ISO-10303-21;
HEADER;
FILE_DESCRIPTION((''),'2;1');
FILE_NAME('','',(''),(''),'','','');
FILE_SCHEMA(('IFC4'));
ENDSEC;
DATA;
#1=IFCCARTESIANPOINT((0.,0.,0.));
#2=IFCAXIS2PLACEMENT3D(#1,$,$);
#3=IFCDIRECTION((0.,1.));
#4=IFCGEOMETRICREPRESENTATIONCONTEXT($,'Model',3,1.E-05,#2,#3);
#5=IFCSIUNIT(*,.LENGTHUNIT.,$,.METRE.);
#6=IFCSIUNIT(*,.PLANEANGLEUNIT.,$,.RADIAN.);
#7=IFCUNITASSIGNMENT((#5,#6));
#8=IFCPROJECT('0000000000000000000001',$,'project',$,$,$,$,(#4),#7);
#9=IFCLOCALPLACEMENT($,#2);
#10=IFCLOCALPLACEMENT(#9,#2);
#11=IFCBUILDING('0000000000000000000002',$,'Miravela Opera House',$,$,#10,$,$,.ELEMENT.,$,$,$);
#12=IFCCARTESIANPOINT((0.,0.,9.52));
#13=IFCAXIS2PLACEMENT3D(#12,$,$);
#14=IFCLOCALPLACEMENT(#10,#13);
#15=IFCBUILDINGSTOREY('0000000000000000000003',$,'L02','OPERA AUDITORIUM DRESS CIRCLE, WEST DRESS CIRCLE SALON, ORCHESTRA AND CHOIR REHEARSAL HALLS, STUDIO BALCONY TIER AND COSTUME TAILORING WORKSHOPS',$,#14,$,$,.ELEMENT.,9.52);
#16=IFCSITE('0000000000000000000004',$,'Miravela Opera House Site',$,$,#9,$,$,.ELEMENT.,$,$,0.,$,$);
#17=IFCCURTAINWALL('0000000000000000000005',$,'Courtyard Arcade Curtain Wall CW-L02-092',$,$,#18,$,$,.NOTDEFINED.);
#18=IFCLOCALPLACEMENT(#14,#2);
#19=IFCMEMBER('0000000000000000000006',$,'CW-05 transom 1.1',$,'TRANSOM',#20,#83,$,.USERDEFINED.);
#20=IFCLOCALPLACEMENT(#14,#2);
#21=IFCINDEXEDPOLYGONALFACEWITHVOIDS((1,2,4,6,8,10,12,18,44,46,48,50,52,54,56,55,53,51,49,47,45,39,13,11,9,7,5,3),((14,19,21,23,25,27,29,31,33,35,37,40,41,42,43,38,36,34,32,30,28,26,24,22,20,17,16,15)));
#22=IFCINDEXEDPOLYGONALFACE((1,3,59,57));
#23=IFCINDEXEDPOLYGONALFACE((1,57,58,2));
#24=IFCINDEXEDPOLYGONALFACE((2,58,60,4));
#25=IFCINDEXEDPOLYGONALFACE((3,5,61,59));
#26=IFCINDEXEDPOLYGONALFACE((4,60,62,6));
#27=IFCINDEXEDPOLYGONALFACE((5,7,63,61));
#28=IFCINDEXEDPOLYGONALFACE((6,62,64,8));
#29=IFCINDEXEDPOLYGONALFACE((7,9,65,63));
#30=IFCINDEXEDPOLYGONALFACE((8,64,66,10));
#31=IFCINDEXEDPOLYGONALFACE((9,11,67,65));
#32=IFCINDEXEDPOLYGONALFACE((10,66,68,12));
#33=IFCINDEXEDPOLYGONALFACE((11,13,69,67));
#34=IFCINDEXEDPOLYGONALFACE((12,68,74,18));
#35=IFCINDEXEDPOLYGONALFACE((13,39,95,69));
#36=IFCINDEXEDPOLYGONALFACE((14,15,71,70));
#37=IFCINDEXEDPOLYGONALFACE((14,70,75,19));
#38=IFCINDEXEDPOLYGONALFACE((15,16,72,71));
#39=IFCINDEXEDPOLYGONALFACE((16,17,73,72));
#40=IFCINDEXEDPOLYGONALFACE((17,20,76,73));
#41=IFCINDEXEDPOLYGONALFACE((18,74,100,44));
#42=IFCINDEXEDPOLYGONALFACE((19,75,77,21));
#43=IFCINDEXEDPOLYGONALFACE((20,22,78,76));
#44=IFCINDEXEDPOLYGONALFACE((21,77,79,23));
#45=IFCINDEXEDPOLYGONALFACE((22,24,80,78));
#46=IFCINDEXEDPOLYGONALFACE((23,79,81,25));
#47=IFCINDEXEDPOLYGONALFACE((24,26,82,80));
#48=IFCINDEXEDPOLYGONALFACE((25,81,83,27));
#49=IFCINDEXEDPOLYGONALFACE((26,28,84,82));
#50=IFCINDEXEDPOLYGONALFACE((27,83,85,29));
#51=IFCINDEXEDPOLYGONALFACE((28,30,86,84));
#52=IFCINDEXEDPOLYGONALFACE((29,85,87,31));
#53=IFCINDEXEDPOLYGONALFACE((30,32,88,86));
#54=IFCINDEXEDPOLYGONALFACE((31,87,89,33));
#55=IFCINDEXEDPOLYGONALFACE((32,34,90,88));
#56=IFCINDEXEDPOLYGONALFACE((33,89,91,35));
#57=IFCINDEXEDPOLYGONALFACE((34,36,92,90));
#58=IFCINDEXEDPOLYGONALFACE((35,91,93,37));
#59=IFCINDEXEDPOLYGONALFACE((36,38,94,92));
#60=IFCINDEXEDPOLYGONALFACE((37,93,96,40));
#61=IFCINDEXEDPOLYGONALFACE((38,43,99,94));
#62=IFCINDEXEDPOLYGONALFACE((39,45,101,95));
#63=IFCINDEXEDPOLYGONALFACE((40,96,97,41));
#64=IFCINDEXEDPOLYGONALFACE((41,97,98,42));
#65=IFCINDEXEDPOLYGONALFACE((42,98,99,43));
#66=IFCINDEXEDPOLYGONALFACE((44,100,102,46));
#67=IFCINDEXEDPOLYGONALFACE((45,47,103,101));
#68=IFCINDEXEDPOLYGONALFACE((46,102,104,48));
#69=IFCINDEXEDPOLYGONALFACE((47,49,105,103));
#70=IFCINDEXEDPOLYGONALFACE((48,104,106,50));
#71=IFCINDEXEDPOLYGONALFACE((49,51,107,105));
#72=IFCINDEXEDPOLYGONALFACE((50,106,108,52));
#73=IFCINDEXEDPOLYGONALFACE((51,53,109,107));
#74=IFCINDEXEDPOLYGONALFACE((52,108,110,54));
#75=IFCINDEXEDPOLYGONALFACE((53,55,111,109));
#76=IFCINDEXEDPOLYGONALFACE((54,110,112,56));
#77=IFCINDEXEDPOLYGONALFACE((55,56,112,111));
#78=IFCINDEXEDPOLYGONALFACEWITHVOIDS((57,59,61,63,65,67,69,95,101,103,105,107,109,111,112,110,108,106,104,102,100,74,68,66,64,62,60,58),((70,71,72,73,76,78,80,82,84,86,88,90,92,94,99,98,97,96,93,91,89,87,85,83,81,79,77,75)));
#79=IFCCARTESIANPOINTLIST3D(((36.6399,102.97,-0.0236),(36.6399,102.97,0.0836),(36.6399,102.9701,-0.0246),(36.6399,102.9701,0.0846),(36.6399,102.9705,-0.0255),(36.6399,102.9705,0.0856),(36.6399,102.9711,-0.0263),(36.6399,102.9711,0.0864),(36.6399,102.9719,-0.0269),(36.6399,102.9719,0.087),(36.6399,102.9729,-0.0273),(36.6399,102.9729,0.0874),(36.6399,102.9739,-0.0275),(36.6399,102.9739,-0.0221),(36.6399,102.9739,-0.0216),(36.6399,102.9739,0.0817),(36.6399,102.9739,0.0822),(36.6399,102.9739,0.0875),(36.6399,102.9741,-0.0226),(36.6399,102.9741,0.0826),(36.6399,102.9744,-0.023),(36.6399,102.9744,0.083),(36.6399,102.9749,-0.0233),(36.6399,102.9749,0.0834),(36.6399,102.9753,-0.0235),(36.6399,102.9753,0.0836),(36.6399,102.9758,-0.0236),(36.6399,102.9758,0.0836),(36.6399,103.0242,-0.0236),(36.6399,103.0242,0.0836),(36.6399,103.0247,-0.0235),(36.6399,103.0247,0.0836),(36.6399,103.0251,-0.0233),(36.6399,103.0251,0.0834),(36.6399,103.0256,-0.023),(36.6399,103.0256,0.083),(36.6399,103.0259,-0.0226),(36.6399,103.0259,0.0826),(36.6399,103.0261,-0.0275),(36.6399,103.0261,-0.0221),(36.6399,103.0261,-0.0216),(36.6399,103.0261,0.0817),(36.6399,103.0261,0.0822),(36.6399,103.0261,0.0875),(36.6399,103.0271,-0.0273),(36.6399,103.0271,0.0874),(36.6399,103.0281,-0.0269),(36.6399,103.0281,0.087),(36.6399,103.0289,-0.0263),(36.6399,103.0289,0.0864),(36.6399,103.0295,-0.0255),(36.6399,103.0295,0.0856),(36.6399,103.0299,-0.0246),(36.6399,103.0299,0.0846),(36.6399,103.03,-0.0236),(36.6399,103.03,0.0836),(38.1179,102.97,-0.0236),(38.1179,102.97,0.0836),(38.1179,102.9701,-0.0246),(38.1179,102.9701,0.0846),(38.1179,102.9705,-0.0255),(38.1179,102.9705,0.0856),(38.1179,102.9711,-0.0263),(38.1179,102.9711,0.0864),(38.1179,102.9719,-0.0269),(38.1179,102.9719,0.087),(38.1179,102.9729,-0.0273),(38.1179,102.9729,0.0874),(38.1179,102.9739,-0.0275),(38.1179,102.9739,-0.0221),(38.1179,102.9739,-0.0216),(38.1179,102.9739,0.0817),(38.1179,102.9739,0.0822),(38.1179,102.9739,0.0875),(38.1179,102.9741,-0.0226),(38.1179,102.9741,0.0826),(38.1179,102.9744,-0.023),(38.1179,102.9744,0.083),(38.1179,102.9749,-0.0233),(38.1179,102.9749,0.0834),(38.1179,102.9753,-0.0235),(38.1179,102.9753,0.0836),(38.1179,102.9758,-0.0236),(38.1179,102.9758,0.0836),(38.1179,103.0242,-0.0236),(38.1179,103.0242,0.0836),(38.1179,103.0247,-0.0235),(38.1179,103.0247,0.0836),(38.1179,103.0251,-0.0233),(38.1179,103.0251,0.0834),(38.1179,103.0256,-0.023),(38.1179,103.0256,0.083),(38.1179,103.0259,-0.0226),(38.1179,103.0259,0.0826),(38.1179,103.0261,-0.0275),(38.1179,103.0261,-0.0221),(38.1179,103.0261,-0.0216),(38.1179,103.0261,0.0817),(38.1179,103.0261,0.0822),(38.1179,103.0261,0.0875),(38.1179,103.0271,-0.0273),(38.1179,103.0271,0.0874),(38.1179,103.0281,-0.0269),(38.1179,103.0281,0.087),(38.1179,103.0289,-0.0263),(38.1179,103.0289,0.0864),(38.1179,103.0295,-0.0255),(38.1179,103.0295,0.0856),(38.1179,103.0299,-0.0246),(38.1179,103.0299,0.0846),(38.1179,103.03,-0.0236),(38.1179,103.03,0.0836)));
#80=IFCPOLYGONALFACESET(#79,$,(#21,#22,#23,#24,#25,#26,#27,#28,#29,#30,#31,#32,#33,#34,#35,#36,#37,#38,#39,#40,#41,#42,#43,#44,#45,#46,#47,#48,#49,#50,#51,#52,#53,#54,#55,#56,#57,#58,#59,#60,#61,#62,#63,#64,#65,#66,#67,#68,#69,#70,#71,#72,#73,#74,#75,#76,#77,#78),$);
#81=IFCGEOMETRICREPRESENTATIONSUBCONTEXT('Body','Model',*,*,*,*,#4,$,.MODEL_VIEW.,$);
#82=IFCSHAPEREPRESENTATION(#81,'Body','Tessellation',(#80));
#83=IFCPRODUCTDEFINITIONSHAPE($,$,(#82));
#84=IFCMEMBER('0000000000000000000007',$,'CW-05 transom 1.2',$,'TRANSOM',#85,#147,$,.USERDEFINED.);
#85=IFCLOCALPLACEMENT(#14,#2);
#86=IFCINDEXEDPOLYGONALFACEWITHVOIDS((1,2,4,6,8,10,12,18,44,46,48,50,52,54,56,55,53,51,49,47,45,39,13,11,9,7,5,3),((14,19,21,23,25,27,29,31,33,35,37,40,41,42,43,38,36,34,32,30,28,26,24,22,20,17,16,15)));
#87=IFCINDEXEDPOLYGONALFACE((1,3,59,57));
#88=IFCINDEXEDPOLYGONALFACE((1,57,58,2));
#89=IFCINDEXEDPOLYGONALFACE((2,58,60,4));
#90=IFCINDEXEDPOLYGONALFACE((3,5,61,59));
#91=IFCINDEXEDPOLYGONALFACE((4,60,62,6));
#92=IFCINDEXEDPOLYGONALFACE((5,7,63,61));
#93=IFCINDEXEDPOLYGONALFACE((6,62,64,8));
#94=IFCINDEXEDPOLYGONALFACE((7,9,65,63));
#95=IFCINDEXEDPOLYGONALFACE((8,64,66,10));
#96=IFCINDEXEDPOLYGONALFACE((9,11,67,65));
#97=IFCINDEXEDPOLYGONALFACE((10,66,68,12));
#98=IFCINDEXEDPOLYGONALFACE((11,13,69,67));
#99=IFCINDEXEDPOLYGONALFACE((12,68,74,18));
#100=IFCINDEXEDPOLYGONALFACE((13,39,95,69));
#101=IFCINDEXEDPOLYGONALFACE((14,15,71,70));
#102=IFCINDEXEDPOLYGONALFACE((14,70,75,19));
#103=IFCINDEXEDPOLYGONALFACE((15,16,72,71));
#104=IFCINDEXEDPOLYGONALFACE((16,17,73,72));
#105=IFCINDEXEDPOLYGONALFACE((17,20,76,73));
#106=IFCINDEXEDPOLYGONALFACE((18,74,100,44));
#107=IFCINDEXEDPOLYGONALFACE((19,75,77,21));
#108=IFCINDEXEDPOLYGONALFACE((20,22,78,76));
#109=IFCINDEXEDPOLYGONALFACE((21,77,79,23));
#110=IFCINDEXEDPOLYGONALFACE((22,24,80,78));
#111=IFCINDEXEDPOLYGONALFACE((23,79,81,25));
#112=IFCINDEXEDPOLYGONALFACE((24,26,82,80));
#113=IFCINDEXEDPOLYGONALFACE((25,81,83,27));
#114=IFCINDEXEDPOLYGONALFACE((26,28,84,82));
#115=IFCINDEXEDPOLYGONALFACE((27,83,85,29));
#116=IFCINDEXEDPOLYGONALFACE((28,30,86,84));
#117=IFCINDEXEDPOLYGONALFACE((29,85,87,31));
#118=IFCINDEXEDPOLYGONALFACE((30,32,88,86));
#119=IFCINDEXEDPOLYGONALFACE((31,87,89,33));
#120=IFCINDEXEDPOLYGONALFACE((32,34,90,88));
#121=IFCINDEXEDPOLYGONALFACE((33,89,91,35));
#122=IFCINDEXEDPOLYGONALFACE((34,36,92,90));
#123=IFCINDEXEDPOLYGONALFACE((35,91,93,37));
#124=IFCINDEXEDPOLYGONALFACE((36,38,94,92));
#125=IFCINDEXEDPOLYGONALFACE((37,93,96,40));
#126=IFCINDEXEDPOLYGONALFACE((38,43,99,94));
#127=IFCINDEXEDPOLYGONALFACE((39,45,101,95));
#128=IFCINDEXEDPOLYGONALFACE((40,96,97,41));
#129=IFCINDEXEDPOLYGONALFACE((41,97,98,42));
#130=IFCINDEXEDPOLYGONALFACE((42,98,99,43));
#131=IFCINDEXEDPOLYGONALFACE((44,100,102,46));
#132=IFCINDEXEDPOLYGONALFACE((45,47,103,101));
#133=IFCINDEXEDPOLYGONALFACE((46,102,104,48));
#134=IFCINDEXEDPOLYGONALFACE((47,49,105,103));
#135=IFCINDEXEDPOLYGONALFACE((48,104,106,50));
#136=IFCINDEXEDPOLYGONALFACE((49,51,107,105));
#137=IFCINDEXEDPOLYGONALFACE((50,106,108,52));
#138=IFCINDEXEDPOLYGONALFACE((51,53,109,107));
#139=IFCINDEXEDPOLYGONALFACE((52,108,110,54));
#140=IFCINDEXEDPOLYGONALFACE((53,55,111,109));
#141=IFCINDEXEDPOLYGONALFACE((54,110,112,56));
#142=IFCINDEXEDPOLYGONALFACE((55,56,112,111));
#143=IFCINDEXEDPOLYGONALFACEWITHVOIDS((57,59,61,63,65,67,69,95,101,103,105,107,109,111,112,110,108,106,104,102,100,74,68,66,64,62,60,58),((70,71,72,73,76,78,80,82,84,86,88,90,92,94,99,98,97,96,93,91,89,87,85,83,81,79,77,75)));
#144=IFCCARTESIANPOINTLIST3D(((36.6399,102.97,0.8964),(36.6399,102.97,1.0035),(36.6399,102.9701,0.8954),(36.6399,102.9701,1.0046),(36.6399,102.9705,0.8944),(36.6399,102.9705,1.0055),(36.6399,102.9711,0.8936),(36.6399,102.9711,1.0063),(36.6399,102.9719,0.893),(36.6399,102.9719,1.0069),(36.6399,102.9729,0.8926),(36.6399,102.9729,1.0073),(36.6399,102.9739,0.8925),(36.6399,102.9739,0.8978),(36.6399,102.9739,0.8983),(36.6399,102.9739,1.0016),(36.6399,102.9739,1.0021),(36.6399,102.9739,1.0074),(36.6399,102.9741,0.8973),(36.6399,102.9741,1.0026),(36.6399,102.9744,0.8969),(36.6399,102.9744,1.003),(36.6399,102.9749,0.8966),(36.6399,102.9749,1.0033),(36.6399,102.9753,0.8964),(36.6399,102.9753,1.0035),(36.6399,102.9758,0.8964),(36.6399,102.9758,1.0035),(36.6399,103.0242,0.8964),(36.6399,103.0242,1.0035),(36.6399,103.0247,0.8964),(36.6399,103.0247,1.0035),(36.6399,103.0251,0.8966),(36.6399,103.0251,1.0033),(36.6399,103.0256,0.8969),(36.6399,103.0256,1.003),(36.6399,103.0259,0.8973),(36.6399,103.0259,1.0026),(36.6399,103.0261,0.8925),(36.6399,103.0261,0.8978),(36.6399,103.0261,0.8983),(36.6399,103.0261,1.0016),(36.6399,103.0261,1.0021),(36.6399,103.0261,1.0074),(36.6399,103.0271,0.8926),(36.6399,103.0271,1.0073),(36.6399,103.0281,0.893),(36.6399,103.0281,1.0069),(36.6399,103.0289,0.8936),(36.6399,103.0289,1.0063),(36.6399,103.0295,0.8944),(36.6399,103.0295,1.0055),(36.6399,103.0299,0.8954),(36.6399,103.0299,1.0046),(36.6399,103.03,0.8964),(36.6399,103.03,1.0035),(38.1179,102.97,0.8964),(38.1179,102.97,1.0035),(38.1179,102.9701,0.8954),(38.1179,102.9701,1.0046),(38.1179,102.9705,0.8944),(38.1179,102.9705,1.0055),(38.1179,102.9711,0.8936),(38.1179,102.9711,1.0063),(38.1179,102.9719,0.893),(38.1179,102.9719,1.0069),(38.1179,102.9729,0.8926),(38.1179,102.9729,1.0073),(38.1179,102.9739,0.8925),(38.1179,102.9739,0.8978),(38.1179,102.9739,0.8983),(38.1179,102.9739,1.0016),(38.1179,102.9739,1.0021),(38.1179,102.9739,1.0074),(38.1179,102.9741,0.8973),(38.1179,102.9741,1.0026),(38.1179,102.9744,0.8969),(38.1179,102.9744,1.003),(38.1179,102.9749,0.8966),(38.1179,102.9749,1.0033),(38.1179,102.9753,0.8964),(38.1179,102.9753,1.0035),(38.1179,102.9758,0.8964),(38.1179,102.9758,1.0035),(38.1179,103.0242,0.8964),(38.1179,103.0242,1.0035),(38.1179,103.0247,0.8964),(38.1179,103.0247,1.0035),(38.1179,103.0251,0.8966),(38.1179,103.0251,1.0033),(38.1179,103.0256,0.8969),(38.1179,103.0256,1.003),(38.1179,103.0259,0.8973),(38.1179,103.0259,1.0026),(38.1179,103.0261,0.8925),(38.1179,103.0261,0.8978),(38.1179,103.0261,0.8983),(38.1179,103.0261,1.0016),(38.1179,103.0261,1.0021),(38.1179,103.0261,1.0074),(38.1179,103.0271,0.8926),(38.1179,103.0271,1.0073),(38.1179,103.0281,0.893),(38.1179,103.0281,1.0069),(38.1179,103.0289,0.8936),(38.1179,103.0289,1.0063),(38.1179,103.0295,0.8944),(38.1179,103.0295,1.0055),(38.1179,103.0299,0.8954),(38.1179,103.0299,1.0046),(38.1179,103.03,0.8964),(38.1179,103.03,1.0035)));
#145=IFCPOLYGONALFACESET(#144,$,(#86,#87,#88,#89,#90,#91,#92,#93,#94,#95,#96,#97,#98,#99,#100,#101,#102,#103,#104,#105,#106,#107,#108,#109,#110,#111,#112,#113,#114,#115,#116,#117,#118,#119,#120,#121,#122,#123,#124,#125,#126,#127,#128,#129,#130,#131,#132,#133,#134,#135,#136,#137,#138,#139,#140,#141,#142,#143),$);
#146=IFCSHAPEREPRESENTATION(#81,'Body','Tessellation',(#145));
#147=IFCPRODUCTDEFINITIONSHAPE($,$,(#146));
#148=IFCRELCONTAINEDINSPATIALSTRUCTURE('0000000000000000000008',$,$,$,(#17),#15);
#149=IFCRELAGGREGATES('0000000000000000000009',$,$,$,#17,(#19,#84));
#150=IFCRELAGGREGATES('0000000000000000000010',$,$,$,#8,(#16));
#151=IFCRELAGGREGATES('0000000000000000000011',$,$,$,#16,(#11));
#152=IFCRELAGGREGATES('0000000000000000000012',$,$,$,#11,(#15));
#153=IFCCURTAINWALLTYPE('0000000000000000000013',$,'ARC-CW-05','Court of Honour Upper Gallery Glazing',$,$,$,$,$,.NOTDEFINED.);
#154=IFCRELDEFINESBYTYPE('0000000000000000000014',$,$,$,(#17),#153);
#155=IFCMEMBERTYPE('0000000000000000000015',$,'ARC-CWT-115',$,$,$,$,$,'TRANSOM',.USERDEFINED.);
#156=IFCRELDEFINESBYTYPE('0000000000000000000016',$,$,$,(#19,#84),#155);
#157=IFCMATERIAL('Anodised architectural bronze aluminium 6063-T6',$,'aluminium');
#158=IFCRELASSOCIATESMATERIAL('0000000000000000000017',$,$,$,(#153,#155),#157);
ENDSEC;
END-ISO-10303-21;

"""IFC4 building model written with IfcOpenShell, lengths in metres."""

from ifc_helpers import new_model, si_unit, direction, frame, origin, origin_2d, place, context, subcontext, project, spatial, hollow_rectangle, extrude, material, material_profile, profile_set, type_object, element, aggregate, save


model = new_model("IFC4")

# Units and contexts
model_context = context("Model", 3, precision=1e-05, world=origin(), true_north=direction((0.0, 1.0)))
body_context = subcontext(model_context, "Body", "Model", "MODEL_VIEW")
ifc_project = project(units=[si_unit("LENGTHUNIT", "METRE"), si_unit("PLANEANGLEUNIT", "RADIAN")], contexts=[model_context])

# Site, building, storey
site_placement = place(None, origin())
site = spatial("IfcSite", under=ifc_project, at=site_placement, Name="Miravela Opera House Site", CompositionType="ELEMENT", RefElevation=0.0)
building_placement = place(site_placement, origin())
building = spatial("IfcBuilding", under=site, at=building_placement, Name="Miravela Opera House", CompositionType="ELEMENT")
storey_placement = place(building_placement, frame((0.0, 0.0, 9.52)))
storey = spatial("IfcBuildingStorey", under=building, at=storey_placement, Name="L02", Description="OPERA AUDITORIUM DRESS CIRCLE, WEST DRESS CIRCLE SALON, ORCHESTRA AND CHOIR REHEARSAL HALLS, STUDIO BALCONY TIER AND COSTUME TAILORING WORKSHOPS", CompositionType="ELEMENT", Elevation=9.52)

# Curtain wall
ifc_material_1 = material(Name="Anodised architectural bronze aluminium 6063-T6", Category="aluminium")
curtain_wall_type = type_object("IfcCurtainWallType", Name="ARC-CW-05", Description="Court of Honour Upper Gallery Glazing", PredefinedType="NOTDEFINED", material=ifc_material_1)
curtain_wall_1_placement = place(storey_placement, origin())
curtain_wall_1 = element("IfcCurtainWall", 1, at=curtain_wall_1_placement, inside=storey, type_object=curtain_wall_type, Name="Courtyard Arcade Curtain Wall CW-L02-092", PredefinedType="NOTDEFINED")

# Members
ifc_material_profile_1 = material_profile(ifc_material_1, hollow_rectangle(XDim=0.0601, YDim=0.115, WallThickness=0.0039, InnerFilletRadius=0.002, OuterFilletRadius=0.0039, at=origin_2d()), Name="CWT-60X115")
ifc_profile_set_1 = profile_set([ifc_material_profile_1])
member_type_1 = type_object("IfcMemberType", Name="ARC-CWT-115", ElementType="TRANSOM", PredefinedType="USERDEFINED", material=ifc_profile_set_1)
member_1_placement = place(storey_placement, frame((36.6399, 103.0, 0.03), z_axis=(1.0, 0.0, 0.0), x_axis=(0.0, 1.0, 0.0)))
member_1 = element("IfcMember", 2, at=member_1_placement, type_object=member_type_1, Name="CW-05 transom 1.1", ObjectType="TRANSOM", PredefinedType="USERDEFINED", context=body_context, shape_type="SweptSolid", body=[
    extrude(hollow_rectangle(XDim=0.0601, YDim=0.115, WallThickness=0.0039, InnerFilletRadius=0.002, OuterFilletRadius=0.0039, at=origin_2d()), origin(), (0.0, 0.0, 1.0), 1.478),
])
member_2_placement = place(storey_placement, frame((36.6399, 103.0, 0.95), z_axis=(1.0, 0.0, 0.0), x_axis=(0.0, 1.0, 0.0)))
member_2 = element("IfcMember", 3, at=member_2_placement, type_object=member_type_1, Name="CW-05 transom 1.2", ObjectType="TRANSOM", PredefinedType="USERDEFINED", context=body_context, shape_type="SweptSolid", body=[
    extrude(hollow_rectangle(XDim=0.0601, YDim=0.115, WallThickness=0.0039, InnerFilletRadius=0.002, OuterFilletRadius=0.0039, at=origin_2d()), origin(), (0.0, 0.0, 1.0), 1.478),
])

aggregate(curtain_wall_1, [member_1, member_2])

save(model, "model.ifc")
